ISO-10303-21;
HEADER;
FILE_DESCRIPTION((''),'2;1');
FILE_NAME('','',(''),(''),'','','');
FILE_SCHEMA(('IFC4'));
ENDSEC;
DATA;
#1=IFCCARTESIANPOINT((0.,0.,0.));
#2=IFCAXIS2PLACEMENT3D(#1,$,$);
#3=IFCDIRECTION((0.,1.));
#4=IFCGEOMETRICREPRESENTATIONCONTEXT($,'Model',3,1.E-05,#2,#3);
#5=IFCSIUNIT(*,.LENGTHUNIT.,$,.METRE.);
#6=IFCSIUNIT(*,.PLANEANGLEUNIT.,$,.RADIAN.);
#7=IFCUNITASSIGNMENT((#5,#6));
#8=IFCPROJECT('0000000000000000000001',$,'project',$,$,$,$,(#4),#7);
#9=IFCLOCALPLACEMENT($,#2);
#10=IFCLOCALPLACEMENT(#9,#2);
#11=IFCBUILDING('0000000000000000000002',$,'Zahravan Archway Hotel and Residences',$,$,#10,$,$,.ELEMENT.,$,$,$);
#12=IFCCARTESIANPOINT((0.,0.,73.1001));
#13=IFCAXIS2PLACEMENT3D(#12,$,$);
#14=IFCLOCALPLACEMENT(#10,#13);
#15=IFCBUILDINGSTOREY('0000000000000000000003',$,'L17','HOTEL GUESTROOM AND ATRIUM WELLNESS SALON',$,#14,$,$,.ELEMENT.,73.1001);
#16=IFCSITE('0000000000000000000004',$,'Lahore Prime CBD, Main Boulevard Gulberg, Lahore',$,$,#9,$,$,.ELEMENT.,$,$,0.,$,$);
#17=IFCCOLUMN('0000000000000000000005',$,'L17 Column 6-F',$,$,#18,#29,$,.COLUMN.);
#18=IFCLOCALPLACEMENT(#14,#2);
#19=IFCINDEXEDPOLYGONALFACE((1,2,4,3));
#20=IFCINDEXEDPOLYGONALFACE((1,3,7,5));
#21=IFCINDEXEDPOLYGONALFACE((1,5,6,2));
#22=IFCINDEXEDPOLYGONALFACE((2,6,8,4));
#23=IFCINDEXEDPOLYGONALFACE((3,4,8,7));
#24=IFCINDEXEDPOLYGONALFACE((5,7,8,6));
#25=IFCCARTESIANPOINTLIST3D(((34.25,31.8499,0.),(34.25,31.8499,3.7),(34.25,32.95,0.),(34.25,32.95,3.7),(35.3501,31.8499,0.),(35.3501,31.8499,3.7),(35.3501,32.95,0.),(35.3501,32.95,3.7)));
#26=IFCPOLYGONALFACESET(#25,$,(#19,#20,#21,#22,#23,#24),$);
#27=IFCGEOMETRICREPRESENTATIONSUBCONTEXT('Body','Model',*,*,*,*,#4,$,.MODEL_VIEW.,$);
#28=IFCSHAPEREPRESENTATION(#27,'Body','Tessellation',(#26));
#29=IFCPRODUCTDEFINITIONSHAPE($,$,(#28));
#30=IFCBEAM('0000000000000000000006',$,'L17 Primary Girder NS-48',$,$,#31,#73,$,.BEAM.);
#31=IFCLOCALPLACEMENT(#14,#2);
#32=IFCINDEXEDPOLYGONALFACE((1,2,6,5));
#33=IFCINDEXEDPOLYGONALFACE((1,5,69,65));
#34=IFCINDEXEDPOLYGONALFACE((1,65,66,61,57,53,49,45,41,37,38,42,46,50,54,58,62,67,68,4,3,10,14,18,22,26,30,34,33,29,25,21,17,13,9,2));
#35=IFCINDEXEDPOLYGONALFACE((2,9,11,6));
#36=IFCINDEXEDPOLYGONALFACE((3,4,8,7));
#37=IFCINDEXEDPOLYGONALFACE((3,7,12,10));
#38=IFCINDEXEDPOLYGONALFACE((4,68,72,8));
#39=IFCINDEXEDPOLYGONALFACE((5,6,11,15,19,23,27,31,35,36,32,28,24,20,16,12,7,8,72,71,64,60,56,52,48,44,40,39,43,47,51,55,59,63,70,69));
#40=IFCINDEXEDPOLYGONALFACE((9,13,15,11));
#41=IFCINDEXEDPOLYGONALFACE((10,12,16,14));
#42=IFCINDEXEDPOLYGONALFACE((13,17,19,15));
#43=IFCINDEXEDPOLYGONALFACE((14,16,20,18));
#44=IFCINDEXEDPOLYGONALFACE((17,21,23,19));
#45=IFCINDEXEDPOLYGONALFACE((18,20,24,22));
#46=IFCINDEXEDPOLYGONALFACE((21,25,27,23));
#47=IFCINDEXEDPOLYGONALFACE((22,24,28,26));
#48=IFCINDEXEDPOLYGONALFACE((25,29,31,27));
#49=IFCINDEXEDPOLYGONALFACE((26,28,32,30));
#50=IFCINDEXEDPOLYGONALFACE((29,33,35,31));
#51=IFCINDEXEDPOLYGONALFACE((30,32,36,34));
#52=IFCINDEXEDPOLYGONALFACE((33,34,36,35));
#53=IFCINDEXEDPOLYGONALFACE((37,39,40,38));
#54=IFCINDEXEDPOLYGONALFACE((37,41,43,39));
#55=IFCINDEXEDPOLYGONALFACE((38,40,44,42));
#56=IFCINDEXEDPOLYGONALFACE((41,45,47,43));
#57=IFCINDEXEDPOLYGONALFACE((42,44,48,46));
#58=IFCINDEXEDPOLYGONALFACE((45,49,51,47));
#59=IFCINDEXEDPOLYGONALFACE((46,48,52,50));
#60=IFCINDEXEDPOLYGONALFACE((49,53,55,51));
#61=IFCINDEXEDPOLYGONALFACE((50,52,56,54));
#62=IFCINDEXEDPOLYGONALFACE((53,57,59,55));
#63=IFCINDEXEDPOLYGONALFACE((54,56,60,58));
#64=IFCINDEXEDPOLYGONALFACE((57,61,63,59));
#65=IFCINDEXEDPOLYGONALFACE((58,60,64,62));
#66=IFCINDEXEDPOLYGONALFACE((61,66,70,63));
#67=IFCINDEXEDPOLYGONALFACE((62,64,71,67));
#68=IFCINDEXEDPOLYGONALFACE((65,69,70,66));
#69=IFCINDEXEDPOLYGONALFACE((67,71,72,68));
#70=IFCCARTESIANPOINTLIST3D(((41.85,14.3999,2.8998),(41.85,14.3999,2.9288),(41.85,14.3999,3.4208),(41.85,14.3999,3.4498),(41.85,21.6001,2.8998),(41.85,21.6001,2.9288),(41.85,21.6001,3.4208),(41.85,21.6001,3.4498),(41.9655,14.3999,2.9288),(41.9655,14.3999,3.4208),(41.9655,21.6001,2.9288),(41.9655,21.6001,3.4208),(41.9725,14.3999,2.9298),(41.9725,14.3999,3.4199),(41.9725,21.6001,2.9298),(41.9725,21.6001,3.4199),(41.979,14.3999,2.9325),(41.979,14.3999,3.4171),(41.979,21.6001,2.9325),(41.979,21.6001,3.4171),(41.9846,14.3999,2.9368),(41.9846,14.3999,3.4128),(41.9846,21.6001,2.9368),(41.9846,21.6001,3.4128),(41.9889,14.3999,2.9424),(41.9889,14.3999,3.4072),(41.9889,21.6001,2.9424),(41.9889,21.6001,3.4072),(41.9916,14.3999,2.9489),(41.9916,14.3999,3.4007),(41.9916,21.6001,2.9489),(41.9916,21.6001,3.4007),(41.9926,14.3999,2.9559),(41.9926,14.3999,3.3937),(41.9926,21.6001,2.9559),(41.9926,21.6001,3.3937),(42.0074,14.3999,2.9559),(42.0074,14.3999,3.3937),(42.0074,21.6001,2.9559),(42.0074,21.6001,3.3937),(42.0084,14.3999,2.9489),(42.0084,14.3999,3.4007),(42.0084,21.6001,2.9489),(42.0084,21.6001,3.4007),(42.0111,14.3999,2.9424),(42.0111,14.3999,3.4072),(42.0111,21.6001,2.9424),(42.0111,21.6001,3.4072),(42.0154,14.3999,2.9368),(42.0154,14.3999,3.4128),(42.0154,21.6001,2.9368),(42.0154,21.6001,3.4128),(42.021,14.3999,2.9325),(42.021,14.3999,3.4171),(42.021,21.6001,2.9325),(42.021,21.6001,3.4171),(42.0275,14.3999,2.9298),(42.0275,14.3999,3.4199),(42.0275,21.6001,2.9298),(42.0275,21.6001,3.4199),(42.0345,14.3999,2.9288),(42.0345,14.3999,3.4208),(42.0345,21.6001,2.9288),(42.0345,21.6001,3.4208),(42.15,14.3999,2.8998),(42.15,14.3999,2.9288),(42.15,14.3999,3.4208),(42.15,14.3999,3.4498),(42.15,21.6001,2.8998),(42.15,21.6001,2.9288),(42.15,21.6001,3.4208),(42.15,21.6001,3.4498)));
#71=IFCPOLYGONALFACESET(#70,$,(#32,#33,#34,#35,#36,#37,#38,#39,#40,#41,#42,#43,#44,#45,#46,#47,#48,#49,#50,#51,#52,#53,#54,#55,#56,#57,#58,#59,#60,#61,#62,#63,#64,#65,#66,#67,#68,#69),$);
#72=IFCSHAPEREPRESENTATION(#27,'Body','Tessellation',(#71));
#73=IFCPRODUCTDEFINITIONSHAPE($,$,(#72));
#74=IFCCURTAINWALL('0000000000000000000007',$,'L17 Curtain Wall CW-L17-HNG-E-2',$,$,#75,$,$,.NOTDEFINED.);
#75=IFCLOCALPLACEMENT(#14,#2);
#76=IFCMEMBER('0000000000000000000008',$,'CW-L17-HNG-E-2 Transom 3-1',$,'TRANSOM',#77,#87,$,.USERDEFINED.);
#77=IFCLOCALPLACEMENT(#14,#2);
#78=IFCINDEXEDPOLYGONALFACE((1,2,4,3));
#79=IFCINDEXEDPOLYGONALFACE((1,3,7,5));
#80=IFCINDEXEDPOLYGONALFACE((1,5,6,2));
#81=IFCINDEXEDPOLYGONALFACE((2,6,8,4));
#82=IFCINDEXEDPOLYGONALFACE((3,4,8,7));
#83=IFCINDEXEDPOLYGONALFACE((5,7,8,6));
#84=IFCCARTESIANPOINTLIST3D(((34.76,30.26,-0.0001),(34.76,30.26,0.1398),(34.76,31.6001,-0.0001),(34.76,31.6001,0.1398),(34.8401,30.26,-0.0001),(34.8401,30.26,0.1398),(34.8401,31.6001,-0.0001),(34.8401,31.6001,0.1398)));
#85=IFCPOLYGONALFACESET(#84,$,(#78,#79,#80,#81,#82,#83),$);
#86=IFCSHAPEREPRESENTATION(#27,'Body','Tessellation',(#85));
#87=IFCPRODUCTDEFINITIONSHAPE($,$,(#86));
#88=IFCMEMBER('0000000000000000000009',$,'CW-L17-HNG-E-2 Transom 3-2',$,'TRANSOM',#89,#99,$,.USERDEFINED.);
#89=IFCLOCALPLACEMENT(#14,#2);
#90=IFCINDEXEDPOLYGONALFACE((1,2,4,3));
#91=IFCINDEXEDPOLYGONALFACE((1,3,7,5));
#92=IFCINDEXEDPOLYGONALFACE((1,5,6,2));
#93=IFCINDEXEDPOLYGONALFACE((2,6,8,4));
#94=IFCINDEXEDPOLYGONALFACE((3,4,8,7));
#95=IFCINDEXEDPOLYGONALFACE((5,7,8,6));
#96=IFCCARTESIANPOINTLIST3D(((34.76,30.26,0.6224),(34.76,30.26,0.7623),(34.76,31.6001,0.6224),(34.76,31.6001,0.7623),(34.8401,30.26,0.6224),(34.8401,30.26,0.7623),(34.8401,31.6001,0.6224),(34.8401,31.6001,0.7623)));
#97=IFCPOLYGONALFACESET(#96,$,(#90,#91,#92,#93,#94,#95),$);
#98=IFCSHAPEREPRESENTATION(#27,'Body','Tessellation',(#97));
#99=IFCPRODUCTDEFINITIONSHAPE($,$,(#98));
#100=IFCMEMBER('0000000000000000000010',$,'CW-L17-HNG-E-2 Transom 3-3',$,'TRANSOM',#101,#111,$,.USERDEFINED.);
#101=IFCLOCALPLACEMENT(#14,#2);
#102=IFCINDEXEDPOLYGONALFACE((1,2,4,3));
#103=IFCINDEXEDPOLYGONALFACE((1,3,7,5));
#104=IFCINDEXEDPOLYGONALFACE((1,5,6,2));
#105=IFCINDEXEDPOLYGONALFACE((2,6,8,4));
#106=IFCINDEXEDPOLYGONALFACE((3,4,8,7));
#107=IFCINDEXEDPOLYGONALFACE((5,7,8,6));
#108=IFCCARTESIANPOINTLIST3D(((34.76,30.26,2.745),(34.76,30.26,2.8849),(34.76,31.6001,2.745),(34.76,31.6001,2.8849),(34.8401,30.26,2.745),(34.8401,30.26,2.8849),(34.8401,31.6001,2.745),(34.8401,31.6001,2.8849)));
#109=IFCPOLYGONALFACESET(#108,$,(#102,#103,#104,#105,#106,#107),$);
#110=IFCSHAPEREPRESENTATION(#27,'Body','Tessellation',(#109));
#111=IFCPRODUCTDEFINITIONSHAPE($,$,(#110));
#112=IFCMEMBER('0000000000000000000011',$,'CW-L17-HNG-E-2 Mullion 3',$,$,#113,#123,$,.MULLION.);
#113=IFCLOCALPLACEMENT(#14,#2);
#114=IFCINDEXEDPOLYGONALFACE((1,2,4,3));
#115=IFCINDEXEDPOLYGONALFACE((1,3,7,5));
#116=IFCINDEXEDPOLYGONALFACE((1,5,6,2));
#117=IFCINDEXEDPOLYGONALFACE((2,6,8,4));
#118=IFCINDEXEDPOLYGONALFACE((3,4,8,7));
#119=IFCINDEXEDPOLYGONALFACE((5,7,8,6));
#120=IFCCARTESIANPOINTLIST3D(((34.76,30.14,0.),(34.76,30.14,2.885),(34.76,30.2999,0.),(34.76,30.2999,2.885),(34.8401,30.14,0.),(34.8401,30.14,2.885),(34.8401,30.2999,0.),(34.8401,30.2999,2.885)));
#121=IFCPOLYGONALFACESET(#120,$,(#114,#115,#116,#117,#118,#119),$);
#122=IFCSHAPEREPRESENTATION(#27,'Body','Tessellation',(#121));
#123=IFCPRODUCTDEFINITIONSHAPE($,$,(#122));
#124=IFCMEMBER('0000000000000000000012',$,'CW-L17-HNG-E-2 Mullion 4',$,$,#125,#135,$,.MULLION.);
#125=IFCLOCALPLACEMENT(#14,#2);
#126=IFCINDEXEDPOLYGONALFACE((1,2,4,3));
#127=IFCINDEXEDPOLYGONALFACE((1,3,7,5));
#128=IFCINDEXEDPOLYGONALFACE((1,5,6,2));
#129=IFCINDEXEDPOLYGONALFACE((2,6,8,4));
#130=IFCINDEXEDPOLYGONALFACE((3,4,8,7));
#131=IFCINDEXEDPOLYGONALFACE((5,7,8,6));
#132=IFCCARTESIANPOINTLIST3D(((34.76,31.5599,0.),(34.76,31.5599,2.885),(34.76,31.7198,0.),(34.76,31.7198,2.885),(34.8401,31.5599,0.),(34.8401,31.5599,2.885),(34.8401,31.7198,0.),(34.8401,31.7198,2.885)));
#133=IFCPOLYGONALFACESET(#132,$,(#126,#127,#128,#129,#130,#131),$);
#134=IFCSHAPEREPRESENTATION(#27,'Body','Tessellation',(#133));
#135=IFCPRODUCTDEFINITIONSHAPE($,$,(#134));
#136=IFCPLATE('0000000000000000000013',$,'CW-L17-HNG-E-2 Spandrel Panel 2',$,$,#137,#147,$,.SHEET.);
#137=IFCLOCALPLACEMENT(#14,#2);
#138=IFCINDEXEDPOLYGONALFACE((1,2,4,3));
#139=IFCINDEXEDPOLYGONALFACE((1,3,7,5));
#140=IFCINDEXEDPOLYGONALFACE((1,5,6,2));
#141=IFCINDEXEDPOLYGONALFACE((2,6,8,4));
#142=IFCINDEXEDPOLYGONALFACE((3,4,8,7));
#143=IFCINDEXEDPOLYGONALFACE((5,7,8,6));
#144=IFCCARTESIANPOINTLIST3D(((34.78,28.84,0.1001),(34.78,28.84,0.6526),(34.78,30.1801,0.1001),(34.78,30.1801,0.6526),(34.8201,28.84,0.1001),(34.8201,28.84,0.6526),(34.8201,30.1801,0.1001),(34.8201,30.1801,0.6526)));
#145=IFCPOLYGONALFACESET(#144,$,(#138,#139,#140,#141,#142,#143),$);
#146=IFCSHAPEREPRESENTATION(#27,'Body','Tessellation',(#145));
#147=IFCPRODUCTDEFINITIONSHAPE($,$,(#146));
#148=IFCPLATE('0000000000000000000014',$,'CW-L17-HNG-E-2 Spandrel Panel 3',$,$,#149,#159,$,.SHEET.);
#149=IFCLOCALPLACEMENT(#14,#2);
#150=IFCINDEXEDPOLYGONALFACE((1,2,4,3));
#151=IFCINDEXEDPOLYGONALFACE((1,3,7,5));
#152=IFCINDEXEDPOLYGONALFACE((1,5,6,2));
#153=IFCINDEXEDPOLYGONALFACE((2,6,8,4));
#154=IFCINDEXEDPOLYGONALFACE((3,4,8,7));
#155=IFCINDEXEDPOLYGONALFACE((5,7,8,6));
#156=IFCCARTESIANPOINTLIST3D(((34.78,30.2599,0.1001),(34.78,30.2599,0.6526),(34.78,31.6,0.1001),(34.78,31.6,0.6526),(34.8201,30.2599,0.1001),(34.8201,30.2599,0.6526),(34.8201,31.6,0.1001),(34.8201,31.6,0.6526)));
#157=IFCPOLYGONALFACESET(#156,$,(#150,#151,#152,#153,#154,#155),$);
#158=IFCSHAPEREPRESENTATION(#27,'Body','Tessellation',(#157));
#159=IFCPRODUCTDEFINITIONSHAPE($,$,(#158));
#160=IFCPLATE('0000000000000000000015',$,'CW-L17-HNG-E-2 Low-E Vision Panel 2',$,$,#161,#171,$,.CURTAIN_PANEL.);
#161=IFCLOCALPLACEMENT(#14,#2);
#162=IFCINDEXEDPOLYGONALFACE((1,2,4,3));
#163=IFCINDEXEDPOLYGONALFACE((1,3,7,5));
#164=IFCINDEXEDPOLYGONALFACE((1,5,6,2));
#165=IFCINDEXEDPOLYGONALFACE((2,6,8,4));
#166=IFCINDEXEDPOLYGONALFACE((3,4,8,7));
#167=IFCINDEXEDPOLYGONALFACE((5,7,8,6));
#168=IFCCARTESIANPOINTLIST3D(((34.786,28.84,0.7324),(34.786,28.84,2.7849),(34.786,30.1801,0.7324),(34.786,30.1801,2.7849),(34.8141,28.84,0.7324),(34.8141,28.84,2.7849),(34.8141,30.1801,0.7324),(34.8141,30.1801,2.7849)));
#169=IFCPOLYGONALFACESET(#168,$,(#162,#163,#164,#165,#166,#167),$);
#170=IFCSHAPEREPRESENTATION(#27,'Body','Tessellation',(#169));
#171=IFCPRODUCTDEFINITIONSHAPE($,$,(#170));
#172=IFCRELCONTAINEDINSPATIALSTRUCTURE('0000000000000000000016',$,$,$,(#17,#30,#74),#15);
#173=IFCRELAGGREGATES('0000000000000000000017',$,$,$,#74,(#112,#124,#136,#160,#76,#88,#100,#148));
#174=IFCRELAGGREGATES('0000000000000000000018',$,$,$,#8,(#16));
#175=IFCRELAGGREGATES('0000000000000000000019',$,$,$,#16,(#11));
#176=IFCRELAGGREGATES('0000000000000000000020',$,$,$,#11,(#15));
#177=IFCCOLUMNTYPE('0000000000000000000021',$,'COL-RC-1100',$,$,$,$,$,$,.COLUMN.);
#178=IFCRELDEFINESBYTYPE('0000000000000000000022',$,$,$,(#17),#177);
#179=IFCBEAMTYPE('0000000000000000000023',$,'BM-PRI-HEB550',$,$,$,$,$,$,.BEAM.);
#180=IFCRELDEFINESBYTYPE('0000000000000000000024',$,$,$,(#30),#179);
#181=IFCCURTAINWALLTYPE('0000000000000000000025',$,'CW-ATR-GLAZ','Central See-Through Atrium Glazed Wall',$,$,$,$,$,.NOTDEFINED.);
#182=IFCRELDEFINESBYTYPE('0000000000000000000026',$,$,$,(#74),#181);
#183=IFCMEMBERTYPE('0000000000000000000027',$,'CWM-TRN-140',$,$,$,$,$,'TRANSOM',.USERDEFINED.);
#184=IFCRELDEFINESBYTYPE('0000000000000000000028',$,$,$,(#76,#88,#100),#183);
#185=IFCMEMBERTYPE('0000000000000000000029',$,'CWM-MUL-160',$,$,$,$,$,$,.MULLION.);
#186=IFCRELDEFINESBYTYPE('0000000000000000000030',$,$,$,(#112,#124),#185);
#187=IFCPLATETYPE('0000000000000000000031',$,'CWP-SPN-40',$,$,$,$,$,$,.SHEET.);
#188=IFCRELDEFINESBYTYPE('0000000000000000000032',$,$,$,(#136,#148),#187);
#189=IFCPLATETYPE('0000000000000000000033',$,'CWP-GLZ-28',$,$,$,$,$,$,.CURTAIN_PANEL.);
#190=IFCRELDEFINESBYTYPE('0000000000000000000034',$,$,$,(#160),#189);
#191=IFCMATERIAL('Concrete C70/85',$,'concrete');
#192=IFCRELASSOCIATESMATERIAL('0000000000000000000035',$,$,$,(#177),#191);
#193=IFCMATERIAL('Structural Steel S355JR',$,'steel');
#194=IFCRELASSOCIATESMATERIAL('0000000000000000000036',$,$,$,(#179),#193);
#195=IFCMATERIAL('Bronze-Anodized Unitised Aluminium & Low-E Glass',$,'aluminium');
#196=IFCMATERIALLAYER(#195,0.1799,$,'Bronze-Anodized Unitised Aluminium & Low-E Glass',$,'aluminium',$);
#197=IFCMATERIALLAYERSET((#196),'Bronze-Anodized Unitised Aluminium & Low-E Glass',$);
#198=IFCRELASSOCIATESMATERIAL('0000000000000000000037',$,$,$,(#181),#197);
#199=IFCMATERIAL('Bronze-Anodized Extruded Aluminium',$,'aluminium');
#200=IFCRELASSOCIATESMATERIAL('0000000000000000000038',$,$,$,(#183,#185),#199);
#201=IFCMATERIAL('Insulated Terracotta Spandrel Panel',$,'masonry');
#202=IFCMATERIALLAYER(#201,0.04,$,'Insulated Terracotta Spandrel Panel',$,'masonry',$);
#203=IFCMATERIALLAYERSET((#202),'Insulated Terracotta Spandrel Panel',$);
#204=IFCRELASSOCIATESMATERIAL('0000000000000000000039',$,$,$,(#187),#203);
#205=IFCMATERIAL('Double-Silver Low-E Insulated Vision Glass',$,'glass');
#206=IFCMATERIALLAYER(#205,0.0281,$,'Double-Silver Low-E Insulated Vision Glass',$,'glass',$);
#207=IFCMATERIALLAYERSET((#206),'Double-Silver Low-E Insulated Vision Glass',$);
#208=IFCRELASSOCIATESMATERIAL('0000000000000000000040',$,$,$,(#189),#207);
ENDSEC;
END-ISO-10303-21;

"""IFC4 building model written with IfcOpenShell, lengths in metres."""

from ifc_helpers import new_model, si_unit, direction, frame, origin, origin_2d, place, context, subcontext, project, spatial, rectangle, i_section, extrude, source, transform, mapped, material, layer, layer_set, material_profile, profile_set, type_object, type_shapes, element, aggregate, save


model = new_model("IFC4")

# Units and contexts
model_context = context("Model", 3, precision=1e-05, world=origin(), true_north=direction((0.0, 1.0)))
body_context = subcontext(model_context, "Body", "Model", "MODEL_VIEW")
ifc_project = project(units=[si_unit("LENGTHUNIT", "METRE"), si_unit("PLANEANGLEUNIT", "RADIAN")], contexts=[model_context])

# Site, building, storey
site_placement = place(None, origin())
site = spatial("IfcSite", under=ifc_project, at=site_placement, Name="Lahore Prime CBD, Main Boulevard Gulberg, Lahore", CompositionType="ELEMENT", RefElevation=0.0)
building_placement = place(site_placement, origin())
building = spatial("IfcBuilding", under=site, at=building_placement, Name="Zahravan Archway Hotel and Residences", CompositionType="ELEMENT")
storey_placement = place(building_placement, frame((0.0, 0.0, 73.1001)))
storey = spatial("IfcBuildingStorey", under=building, at=storey_placement, Name="L17", Description="HOTEL GUESTROOM AND ATRIUM WELLNESS SALON", CompositionType="ELEMENT", Elevation=73.1001)

# Column
ifc_material_1 = material(Name="Concrete C70/85", Category="concrete")
ifc_material_profile_1 = material_profile(ifc_material_1, rectangle(XDim=1.1001, YDim=1.1001, at=origin_2d()), Name="RC 1100x1100", Category="concrete")
ifc_profile_set_1 = profile_set([ifc_material_profile_1], Name="Concrete C70/85")
column_type = type_object("IfcColumnType", Name="COL-RC-1100", PredefinedType="COLUMN", material=ifc_profile_set_1)
shared_shape_1 = source(origin(), body_context, "Body", "SweptSolid", [
    extrude(rectangle(XDim=1.1001, YDim=1.1001, at=origin_2d()), origin(), (0.0, 0.0, 1.0), 3.7),
])
column_placement = place(storey_placement, frame((34.8, 32.3999, 0.0), z_axis=(0.0, 0.0, 1.0), x_axis=(1.0, 0.0, 0.0)))
element("IfcColumn", 1, at=column_placement, inside=storey, type_object=column_type, Name="L17 Column 6-F", PredefinedType="COLUMN", context=body_context, shape_type="MappedRepresentation", body=[
    mapped(shared_shape_1, transform((0.0, 0.0, 0.0), scale=1.0)),
])

# Beam
ifc_material_2 = material(Name="Structural Steel S355JR", Category="steel")
ifc_material_profile_2 = material_profile(ifc_material_2, i_section(OverallWidth=0.3, OverallDepth=0.55, WebThickness=0.0149, FlangeThickness=0.0291, FilletRadius=0.0271, at=origin_2d()), Name="HEB 550", Category="steel")
ifc_profile_set_2 = profile_set([ifc_material_profile_2], Name="Structural Steel S355JR")
beam_type = type_object("IfcBeamType", Name="BM-PRI-HEB550", PredefinedType="BEAM", material=ifc_profile_set_2)
shared_shape_2 = source(origin(), body_context, "Body", "SweptSolid", [
    extrude(i_section(OverallWidth=0.3, OverallDepth=0.55, WebThickness=0.0149, FlangeThickness=0.0291, FilletRadius=0.0271, at=origin_2d()), origin(), (0.0, 0.0, 1.0), 7.2002),
])
type_shapes(beam_type, [shared_shape_2])
beam_placement = place(storey_placement, frame((42.0, 14.3999, 3.1748), z_axis=(0.0, 1.0, 0.0), x_axis=(-1.0, 0.0, 0.0)))
element("IfcBeam", 2, at=beam_placement, inside=storey, type_object=beam_type, Name="L17 Primary Girder NS-48", PredefinedType="BEAM", context=body_context, shape_type="MappedRepresentation", body=[
    mapped(shared_shape_2, transform((0.0, 0.0, 0.0), scale=1.0)),
])

# Curtain wall, members, plates
ifc_material_3 = material(Name="Bronze-Anodized Unitised Aluminium & Low-E Glass", Category="aluminium")
ifc_layer_1 = layer(ifc_material_3, 0.1799, Name="Bronze-Anodized Unitised Aluminium & Low-E Glass", Category="aluminium")
ifc_layer_set_1 = layer_set([ifc_layer_1], Name="Bronze-Anodized Unitised Aluminium & Low-E Glass")
curtain_wall_type = type_object("IfcCurtainWallType", Name="CW-ATR-GLAZ", Description="Central See-Through Atrium Glazed Wall", PredefinedType="NOTDEFINED", material=ifc_layer_set_1)
curtain_wall_placement = place(storey_placement, origin())
curtain_wall = element("IfcCurtainWall", 3, at=curtain_wall_placement, inside=storey, type_object=curtain_wall_type, Name="L17 Curtain Wall CW-L17-HNG-E-2", PredefinedType="NOTDEFINED")
ifc_material_4 = material(Name="Bronze-Anodized Extruded Aluminium", Category="aluminium")
ifc_material_profile_3 = material_profile(ifc_material_4, rectangle(XDim=0.0801, YDim=0.1399, at=origin_2d()), Name="TRN 80x140", Category="aluminium")
ifc_profile_set_3 = profile_set([ifc_material_profile_3], Name="Bronze-Anodized Extruded Aluminium")
member_type_1 = type_object("IfcMemberType", Name="CWM-TRN-140", ElementType="TRANSOM", PredefinedType="USERDEFINED", material=ifc_profile_set_3)
shared_shape_3 = source(origin(), body_context, "Body", "SweptSolid", [
    extrude(rectangle(XDim=0.0801, YDim=0.1399, at=origin_2d()), origin(), (0.0, 0.0, 1.0), 1.3401),
])
member_1_placement = place(storey_placement, frame((34.8, 30.26, 0.0698), z_axis=(0.0, 1.0, 0.0), x_axis=(-1.0, 0.0, 0.0)))
member_1 = element("IfcMember", 4, at=member_1_placement, type_object=member_type_1, Name="CW-L17-HNG-E-2 Transom 3-1", ObjectType="TRANSOM", PredefinedType="USERDEFINED", context=body_context, shape_type="MappedRepresentation", body=[
    mapped(shared_shape_3, transform((0.0, 0.0, 0.0), scale=1.0)),
])
member_2_placement = place(storey_placement, frame((34.8, 30.26, 0.6924), z_axis=(0.0, 1.0, 0.0), x_axis=(-1.0, 0.0, 0.0)))
member_2 = element("IfcMember", 5, at=member_2_placement, type_object=member_type_1, Name="CW-L17-HNG-E-2 Transom 3-2", ObjectType="TRANSOM", PredefinedType="USERDEFINED", context=body_context, shape_type="MappedRepresentation", body=[
    mapped(shared_shape_3, transform((0.0, 0.0, 0.0), scale=1.0)),
])
member_3_placement = place(storey_placement, frame((34.8, 30.26, 2.8149), z_axis=(0.0, 1.0, 0.0), x_axis=(-1.0, 0.0, 0.0)))
member_3 = element("IfcMember", 6, at=member_3_placement, type_object=member_type_1, Name="CW-L17-HNG-E-2 Transom 3-3", ObjectType="TRANSOM", PredefinedType="USERDEFINED", context=body_context, shape_type="MappedRepresentation", body=[
    mapped(shared_shape_3, transform((0.0, 0.0, 0.0), scale=1.0)),
])
ifc_material_profile_4 = material_profile(ifc_material_4, rectangle(XDim=0.0801, YDim=0.1599, at=origin_2d()), Name="MUL 80x160", Category="aluminium")
ifc_profile_set_4 = profile_set([ifc_material_profile_4], Name="Bronze-Anodized Extruded Aluminium")
member_type_2 = type_object("IfcMemberType", Name="CWM-MUL-160", PredefinedType="MULLION", material=ifc_profile_set_4)
shared_shape_4 = source(origin(), body_context, "Body", "SweptSolid", [
    extrude(rectangle(XDim=0.0801, YDim=0.1599, at=origin_2d()), origin(), (0.0, 0.0, 1.0), 2.885),
])
member_4_placement = place(storey_placement, frame((34.8, 30.22, 0.0), z_axis=(0.0, 0.0, 1.0), x_axis=(1.0, 0.0, 0.0)))
member_4 = element("IfcMember", 7, at=member_4_placement, type_object=member_type_2, Name="CW-L17-HNG-E-2 Mullion 3", PredefinedType="MULLION", context=body_context, shape_type="MappedRepresentation", body=[
    mapped(shared_shape_4, transform((0.0, 0.0, 0.0), scale=1.0)),
])
member_5_placement = place(storey_placement, frame((34.8, 31.6399, 0.0), z_axis=(0.0, 0.0, 1.0), x_axis=(1.0, 0.0, 0.0)))
member_5 = element("IfcMember", 8, at=member_5_placement, type_object=member_type_2, Name="CW-L17-HNG-E-2 Mullion 4", PredefinedType="MULLION", context=body_context, shape_type="MappedRepresentation", body=[
    mapped(shared_shape_4, transform((0.0, 0.0, 0.0), scale=1.0)),
])
ifc_material_5 = material(Name="Insulated Terracotta Spandrel Panel", Category="masonry")
ifc_layer_2 = layer(ifc_material_5, 0.04, Name="Insulated Terracotta Spandrel Panel", Category="masonry")
ifc_layer_set_2 = layer_set([ifc_layer_2], Name="Insulated Terracotta Spandrel Panel")
plate_type_1 = type_object("IfcPlateType", Name="CWP-SPN-40", PredefinedType="SHEET", material=ifc_layer_set_2)
shared_shape_5 = source(origin(), body_context, "Body", "SweptSolid", [
    extrude(rectangle(XDim=1.3401, YDim=0.04, at=origin_2d()), origin(), (0.0, 0.0, 1.0), 0.5525),
])
plate_1_placement = place(storey_placement, frame((34.8, 29.51, 0.1001), z_axis=(0.0, 0.0, 1.0), x_axis=(0.0, 1.0, 0.0)))
plate_1 = element("IfcPlate", 9, at=plate_1_placement, type_object=plate_type_1, Name="CW-L17-HNG-E-2 Spandrel Panel 2", PredefinedType="SHEET", context=body_context, shape_type="MappedRepresentation", body=[
    mapped(shared_shape_5, transform((0.0, 0.0, 0.0), scale=1.0)),
])
plate_2_placement = place(storey_placement, frame((34.8, 30.9299, 0.1001), z_axis=(0.0, 0.0, 1.0), x_axis=(0.0, 1.0, 0.0)))
plate_2 = element("IfcPlate", 10, at=plate_2_placement, type_object=plate_type_1, Name="CW-L17-HNG-E-2 Spandrel Panel 3", PredefinedType="SHEET", context=body_context, shape_type="MappedRepresentation", body=[
    mapped(shared_shape_5, transform((0.0, 0.0, 0.0), scale=1.0)),
])
ifc_material_6 = material(Name="Double-Silver Low-E Insulated Vision Glass", Category="glass")
ifc_layer_3 = layer(ifc_material_6, 0.0281, Name="Double-Silver Low-E Insulated Vision Glass", Category="glass")
ifc_layer_set_3 = layer_set([ifc_layer_3], Name="Double-Silver Low-E Insulated Vision Glass")
plate_type_2 = type_object("IfcPlateType", Name="CWP-GLZ-28", PredefinedType="CURTAIN_PANEL", material=ifc_layer_set_3)
shared_shape_6 = source(origin(), body_context, "Body", "SweptSolid", [
    extrude(rectangle(XDim=1.3401, YDim=0.0281, at=origin_2d()), origin(), (0.0, 0.0, 1.0), 2.0525),
])
plate_3_placement = place(storey_placement, frame((34.8, 29.51, 0.7324), z_axis=(0.0, 0.0, 1.0), x_axis=(0.0, 1.0, 0.0)))
plate_3 = element("IfcPlate", 11, at=plate_3_placement, type_object=plate_type_2, Name="CW-L17-HNG-E-2 Low-E Vision Panel 2", PredefinedType="CURTAIN_PANEL", context=body_context, shape_type="MappedRepresentation", body=[
    mapped(shared_shape_6, transform((0.0, 0.0, 0.0), scale=1.0)),
])
aggregate(curtain_wall, [member_4, member_5, plate_1, plate_3, member_1, member_2, member_3, plate_2])

save(model, "model.ifc")
